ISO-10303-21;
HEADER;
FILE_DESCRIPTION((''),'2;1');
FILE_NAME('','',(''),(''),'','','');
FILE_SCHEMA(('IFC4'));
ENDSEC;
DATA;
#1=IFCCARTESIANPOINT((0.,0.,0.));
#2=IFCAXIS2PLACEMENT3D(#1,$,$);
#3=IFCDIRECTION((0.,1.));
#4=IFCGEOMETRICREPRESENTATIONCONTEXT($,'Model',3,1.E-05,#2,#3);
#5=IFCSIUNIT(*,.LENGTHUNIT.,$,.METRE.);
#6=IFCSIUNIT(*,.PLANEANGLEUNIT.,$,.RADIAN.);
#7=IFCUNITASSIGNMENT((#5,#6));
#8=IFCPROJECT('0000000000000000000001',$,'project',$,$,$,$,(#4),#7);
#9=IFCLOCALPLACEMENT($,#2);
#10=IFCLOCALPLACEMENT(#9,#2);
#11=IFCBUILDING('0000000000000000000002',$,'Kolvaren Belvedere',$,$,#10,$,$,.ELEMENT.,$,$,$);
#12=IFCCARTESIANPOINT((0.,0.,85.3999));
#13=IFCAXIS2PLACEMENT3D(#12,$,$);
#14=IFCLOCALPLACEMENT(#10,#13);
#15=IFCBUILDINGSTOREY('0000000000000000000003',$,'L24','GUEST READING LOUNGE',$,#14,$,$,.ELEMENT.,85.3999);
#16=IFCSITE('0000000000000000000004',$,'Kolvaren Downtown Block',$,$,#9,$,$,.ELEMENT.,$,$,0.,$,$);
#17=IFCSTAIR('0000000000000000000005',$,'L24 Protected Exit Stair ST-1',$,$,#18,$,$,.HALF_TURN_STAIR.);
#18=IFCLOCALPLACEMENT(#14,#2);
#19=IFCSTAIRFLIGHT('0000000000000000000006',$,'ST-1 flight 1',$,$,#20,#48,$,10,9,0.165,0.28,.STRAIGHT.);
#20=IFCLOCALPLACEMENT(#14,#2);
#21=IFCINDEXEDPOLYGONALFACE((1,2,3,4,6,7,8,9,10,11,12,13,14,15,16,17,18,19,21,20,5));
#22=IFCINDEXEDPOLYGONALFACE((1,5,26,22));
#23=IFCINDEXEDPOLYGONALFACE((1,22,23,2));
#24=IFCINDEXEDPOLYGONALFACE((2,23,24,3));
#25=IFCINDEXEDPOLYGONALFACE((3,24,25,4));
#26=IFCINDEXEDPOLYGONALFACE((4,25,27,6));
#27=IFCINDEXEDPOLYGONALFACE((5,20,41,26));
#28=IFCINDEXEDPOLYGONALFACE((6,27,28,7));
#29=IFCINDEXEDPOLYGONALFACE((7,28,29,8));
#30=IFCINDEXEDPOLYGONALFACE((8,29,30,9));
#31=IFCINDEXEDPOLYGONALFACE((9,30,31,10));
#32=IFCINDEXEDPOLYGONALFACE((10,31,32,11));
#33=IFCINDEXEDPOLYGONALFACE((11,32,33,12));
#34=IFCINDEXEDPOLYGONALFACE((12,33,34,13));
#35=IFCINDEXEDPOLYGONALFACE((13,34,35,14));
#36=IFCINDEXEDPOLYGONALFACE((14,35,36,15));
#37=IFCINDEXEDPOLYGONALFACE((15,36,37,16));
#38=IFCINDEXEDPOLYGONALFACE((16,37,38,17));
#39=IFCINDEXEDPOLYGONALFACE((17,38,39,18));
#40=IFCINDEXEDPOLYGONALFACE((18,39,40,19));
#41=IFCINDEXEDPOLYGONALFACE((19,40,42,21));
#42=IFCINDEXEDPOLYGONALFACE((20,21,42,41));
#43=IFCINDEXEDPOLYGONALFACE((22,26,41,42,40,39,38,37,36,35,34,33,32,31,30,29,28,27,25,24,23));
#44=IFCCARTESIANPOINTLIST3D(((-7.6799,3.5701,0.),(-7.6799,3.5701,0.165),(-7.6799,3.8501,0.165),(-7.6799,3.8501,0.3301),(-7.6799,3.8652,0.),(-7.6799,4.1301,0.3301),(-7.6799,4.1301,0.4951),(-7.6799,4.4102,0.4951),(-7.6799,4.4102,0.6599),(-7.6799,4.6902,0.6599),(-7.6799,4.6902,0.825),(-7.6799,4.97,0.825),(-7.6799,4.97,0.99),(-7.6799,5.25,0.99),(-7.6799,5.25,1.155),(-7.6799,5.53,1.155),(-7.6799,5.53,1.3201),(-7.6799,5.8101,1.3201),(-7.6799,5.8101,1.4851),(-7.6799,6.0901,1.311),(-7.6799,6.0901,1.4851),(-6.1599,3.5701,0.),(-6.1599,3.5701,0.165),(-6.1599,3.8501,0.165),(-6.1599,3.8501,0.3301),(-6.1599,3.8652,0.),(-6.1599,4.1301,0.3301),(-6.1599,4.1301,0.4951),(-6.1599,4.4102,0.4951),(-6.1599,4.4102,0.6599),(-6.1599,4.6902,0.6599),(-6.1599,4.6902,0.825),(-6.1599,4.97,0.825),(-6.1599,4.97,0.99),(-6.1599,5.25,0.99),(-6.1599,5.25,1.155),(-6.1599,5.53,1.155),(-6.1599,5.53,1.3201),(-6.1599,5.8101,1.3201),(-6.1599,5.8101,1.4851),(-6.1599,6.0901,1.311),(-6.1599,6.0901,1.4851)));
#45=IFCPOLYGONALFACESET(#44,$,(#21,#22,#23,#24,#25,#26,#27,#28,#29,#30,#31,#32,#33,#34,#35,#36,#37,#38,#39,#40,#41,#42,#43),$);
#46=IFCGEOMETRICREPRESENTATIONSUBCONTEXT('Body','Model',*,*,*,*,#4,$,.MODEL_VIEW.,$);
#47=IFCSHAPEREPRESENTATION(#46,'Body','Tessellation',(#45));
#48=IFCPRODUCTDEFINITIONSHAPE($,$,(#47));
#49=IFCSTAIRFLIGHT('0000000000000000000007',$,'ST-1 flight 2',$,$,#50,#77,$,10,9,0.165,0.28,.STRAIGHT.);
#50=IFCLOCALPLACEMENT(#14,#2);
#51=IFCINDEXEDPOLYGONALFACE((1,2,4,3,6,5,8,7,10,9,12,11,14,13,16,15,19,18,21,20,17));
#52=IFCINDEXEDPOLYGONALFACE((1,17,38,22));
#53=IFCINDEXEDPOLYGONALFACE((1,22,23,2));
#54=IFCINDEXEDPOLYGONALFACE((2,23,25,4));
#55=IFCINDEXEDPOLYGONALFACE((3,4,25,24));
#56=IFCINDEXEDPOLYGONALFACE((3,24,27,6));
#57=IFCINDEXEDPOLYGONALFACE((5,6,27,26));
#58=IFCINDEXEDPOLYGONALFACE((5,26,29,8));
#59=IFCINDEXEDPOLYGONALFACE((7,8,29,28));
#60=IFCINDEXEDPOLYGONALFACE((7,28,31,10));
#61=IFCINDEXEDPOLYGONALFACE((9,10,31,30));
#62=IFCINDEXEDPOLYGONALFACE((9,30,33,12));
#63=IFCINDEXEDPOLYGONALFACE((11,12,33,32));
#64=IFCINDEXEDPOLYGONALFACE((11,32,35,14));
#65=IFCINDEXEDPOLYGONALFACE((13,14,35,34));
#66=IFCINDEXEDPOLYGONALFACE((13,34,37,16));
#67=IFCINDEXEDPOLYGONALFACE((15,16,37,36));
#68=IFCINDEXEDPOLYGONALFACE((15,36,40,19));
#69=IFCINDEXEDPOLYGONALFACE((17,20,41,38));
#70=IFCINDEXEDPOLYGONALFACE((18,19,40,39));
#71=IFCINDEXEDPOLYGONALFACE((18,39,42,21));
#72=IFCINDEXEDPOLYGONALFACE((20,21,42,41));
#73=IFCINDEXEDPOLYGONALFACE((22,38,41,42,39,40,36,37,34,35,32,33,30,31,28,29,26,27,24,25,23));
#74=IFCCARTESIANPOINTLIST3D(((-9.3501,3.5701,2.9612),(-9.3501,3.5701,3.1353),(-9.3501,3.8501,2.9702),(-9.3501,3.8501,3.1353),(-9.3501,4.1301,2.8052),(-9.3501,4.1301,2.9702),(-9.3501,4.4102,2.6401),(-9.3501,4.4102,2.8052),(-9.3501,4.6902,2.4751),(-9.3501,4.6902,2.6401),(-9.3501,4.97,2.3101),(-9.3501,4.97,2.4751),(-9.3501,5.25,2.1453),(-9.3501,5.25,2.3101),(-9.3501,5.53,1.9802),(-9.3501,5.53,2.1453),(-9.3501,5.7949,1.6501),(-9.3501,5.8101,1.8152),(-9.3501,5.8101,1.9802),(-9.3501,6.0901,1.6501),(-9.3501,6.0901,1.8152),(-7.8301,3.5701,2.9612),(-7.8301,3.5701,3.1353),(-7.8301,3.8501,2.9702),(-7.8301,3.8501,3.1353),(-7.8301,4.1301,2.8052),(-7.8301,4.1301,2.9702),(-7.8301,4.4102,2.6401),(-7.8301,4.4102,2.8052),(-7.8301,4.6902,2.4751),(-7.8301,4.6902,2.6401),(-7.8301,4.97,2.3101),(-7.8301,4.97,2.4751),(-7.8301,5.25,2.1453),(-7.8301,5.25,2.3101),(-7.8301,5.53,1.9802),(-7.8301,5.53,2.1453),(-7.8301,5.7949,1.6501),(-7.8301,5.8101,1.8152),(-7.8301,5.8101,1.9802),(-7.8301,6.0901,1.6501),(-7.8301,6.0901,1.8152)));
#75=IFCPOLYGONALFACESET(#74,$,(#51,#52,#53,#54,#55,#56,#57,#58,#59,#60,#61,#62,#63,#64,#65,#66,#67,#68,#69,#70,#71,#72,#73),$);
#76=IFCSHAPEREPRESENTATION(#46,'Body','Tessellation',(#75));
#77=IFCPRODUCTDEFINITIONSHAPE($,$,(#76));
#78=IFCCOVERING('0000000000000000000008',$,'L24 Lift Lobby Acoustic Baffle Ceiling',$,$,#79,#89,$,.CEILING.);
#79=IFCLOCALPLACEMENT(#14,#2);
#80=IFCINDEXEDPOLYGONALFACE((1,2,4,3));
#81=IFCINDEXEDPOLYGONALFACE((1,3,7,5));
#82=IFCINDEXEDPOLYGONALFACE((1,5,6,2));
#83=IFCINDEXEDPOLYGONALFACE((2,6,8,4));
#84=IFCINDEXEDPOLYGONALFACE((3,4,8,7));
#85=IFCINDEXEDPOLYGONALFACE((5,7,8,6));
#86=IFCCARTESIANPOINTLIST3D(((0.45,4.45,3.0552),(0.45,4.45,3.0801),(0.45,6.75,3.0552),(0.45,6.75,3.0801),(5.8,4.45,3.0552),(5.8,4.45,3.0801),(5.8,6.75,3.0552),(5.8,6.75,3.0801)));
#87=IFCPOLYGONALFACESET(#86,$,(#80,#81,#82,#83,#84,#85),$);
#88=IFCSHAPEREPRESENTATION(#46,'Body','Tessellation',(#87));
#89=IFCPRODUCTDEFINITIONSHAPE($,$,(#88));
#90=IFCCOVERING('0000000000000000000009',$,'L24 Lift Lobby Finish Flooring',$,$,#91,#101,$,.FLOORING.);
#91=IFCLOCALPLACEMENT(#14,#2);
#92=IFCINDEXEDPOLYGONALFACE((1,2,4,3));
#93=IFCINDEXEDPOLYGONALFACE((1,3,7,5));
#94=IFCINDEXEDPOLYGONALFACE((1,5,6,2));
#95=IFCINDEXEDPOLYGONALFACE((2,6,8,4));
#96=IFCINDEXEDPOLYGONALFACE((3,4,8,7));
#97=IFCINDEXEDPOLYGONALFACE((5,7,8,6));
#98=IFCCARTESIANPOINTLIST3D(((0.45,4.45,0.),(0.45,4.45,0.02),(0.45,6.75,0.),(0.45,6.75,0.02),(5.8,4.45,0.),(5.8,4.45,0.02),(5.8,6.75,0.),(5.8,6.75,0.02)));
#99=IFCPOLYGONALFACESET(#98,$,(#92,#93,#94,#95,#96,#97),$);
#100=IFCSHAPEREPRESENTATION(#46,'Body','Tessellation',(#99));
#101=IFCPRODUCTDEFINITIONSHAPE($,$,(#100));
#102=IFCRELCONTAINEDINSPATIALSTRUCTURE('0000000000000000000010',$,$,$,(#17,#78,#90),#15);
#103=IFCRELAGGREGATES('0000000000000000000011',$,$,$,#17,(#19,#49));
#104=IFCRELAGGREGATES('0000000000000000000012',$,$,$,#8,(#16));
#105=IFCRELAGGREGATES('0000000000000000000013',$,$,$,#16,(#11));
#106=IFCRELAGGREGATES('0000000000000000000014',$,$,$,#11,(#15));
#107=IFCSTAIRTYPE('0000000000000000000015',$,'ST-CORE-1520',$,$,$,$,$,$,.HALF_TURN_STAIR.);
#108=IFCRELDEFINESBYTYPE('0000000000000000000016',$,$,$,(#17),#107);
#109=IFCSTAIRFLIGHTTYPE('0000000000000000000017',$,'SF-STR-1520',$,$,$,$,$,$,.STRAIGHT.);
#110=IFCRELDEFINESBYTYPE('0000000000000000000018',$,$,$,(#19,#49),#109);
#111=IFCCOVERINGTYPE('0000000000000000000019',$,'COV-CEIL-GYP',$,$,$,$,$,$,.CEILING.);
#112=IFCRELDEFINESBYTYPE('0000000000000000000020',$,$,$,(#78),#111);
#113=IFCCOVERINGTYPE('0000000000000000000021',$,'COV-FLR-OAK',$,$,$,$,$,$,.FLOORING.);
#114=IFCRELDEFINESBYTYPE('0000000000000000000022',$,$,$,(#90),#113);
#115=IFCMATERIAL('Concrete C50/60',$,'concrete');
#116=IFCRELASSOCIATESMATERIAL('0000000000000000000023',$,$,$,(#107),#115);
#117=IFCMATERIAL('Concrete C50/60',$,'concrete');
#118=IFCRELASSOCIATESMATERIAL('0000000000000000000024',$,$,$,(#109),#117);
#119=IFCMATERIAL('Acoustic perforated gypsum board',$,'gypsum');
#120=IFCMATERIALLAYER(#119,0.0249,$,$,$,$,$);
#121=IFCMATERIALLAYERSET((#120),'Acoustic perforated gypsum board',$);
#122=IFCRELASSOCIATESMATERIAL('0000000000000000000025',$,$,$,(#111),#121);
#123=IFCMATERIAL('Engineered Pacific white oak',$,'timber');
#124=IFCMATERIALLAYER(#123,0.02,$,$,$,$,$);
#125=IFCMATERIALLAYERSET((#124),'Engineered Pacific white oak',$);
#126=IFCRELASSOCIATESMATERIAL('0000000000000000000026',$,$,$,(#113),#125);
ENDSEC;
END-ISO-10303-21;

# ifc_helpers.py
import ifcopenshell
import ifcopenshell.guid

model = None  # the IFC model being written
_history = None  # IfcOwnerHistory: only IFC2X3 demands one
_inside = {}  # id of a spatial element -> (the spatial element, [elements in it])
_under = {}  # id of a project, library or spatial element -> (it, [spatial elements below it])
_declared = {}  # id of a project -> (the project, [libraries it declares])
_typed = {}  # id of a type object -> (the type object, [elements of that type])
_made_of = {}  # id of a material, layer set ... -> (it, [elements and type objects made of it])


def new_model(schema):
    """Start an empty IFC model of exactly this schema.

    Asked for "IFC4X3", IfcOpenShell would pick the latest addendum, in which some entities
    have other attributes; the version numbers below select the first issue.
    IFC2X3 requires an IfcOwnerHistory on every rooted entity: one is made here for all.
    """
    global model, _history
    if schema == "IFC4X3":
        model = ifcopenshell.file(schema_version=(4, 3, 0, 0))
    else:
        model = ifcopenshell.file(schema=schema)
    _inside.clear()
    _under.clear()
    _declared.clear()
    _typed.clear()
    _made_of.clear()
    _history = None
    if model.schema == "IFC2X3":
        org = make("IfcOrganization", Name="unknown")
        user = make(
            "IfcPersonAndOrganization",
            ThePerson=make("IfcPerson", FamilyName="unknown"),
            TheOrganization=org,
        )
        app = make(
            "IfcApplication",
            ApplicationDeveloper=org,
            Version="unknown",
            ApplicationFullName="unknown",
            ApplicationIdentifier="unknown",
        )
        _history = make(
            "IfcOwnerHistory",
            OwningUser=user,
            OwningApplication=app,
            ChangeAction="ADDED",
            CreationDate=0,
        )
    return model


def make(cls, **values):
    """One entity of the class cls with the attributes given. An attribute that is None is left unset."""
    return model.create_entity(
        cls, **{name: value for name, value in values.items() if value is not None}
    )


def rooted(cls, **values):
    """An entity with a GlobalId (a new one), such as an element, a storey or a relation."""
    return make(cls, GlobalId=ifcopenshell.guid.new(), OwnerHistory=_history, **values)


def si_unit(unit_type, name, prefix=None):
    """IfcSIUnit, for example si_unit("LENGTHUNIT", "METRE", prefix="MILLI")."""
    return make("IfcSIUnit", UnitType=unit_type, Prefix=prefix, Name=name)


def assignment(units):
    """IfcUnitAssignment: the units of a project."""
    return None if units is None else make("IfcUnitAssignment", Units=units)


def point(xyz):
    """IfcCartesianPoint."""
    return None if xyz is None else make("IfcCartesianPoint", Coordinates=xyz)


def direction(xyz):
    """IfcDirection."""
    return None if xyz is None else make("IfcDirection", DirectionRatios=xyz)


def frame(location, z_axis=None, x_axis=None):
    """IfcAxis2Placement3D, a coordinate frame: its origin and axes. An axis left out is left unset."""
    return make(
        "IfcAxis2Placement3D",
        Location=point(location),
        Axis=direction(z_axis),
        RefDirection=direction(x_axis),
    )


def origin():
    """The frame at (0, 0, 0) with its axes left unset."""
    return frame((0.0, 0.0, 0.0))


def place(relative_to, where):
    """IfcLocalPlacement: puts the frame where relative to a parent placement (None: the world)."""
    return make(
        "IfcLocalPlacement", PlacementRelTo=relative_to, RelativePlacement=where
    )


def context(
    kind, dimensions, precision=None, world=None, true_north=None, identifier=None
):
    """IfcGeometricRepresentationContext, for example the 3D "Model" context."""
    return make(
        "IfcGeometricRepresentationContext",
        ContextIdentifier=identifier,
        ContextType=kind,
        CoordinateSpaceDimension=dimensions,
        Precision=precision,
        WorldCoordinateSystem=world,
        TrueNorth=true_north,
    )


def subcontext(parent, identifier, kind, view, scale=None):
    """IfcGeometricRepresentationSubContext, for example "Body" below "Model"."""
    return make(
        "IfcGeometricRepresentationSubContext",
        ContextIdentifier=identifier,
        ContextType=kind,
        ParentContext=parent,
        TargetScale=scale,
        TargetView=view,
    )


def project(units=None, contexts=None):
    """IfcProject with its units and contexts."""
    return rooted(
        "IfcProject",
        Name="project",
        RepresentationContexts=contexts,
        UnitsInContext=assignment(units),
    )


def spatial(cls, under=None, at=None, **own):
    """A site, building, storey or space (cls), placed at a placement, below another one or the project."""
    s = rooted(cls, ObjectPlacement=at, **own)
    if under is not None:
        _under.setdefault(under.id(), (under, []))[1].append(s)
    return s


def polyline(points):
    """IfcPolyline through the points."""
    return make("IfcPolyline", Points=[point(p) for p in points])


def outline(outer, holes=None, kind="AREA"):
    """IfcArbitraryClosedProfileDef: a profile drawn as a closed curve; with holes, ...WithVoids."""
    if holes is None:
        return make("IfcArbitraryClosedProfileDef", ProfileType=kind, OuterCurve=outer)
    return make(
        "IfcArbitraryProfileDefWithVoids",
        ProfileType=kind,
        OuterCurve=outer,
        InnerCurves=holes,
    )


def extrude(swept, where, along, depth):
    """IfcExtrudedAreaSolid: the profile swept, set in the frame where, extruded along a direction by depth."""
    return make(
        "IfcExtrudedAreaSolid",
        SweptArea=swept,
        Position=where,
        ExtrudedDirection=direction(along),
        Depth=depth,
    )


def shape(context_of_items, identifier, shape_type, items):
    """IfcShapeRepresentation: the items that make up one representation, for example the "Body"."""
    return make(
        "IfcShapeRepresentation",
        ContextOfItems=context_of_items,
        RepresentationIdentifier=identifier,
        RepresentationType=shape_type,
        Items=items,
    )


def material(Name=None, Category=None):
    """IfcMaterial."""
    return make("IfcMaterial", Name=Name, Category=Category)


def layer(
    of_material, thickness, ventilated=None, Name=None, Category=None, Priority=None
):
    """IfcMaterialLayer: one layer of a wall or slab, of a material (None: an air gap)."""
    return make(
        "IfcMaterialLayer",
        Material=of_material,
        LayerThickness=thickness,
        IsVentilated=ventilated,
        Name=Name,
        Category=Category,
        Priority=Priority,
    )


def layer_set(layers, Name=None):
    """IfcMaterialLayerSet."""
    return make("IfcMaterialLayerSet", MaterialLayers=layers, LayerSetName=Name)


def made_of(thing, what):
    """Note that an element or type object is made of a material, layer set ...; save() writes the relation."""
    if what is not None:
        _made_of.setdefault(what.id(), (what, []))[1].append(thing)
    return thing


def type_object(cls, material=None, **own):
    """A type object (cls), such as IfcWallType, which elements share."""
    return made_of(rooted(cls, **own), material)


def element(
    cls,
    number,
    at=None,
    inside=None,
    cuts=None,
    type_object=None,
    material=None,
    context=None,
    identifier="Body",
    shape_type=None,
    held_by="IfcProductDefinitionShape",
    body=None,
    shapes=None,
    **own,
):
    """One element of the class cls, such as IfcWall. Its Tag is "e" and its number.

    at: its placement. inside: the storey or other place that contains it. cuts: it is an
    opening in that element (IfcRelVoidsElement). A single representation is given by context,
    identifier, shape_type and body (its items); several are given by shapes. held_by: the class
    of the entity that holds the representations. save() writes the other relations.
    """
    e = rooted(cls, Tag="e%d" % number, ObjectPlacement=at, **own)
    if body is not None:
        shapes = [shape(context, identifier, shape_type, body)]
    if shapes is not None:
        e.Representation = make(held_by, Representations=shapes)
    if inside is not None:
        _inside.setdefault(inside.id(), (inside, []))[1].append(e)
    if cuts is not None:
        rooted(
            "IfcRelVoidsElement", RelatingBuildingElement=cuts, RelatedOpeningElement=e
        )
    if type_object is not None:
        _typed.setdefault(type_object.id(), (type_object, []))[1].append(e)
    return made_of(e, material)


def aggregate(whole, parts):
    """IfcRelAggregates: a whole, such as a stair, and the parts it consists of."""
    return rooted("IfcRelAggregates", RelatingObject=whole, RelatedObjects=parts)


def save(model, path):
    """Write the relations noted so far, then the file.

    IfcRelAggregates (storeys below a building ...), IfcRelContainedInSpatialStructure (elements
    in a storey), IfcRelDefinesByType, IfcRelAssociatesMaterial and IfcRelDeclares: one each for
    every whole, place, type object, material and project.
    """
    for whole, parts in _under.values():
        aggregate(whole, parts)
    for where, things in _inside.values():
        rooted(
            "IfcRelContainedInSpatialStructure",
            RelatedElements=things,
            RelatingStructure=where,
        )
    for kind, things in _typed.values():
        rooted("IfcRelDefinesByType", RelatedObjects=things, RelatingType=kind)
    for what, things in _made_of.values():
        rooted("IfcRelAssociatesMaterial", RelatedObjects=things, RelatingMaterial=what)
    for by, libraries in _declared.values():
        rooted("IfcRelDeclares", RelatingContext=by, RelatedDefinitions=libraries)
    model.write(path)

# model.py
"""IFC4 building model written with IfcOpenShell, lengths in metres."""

from ifc_helpers import new_model, si_unit, direction, frame, origin, place, context, subcontext, project, spatial, polyline, outline, extrude, material, layer, layer_set, type_object, element, aggregate, save


model = new_model("IFC4")

# Units and contexts
model_context = context("Model", 3, precision=1e-05, world=origin(), true_north=direction((0.0, 1.0)))
body_context = subcontext(model_context, "Body", "Model", "MODEL_VIEW")
ifc_project = project(units=[si_unit("LENGTHUNIT", "METRE"), si_unit("PLANEANGLEUNIT", "RADIAN")], contexts=[model_context])

# Site, building, storey
site_placement = place(None, origin())
site = spatial("IfcSite", under=ifc_project, at=site_placement, Name="Kolvaren Downtown Block", CompositionType="ELEMENT", RefElevation=0.0)
building_placement = place(site_placement, origin())
building = spatial("IfcBuilding", under=site, at=building_placement, Name="Kolvaren Belvedere", CompositionType="ELEMENT")
storey_placement = place(building_placement, frame((0.0, 0.0, 85.3999)))
storey = spatial("IfcBuildingStorey", under=building, at=storey_placement, Name="L24", Description="GUEST READING LOUNGE", CompositionType="ELEMENT", Elevation=85.3999)

# Shared definitions
ifc_material_1 = material(Name="Concrete C50/60", Category="concrete")
stair_type = type_object("IfcStairType", Name="ST-CORE-1520", PredefinedType="HALF_TURN_STAIR", material=ifc_material_1)

# Stair, stair flights
stair_1_placement = place(storey_placement, origin())
stair_1 = element("IfcStair", 1, at=stair_1_placement, inside=storey, type_object=stair_type, Name="L24 Protected Exit Stair ST-1", PredefinedType="HALF_TURN_STAIR")
ifc_material_2 = material(Name="Concrete C50/60", Category="concrete")
stair_flight_type = type_object("IfcStairFlightType", Name="SF-STR-1520", PredefinedType="STRAIGHT", material=ifc_material_2)
stair_flight_1_placement = place(storey_placement, frame((-6.9199, 3.5701, 0.0), z_axis=(0.0, 0.0, 1.0), x_axis=(0.0, 1.0, 0.0)))
stair_flight_1 = element("IfcStairFlight", 2, at=stair_flight_1_placement, type_object=stair_flight_type, Name="ST-1 flight 1", NumberOfRisers=10, NumberOfTreads=9, PredefinedType="STRAIGHT", RiserHeight=0.165, TreadLength=0.28, context=body_context, shape_type="SweptSolid", body=[
    extrude(outline(polyline([(0.0, 0.0), (0.0, 0.165), (0.28, 0.165), (0.28, 0.3301), (0.5601, 0.3301), (0.5601, 0.4951), (0.8401, 0.4951), (0.8401, 0.6599), (1.1201, 0.6599), (1.1201, 0.825), (1.3999, 0.825), (1.3999, 0.99), (1.6799, 0.99), (1.6799, 1.155), (1.96, 1.155), (1.96, 1.3201), (2.24, 1.3201), (2.24, 1.4851), (2.52, 1.4851), (2.52, 1.6499), (2.52, 1.311), (0.2952, 0.0), (0.0, 0.0)])), frame((0.0, 0.76, 0.0), z_axis=(0.0, -1.0, 0.0), x_axis=(1.0, 0.0, 0.0)), (0.0, 0.0, 1.0), 1.52),
])
stair_flight_2_placement = place(storey_placement, frame((-8.5901, 6.0901, 1.6501), z_axis=(0.0, 0.0, 1.0), x_axis=(0.0, -1.0, 0.0)))
stair_flight_2 = element("IfcStairFlight", 3, at=stair_flight_2_placement, type_object=stair_flight_type, Name="ST-1 flight 2", NumberOfRisers=10, NumberOfTreads=9, PredefinedType="STRAIGHT", RiserHeight=0.165, TreadLength=0.28, context=body_context, shape_type="SweptSolid", body=[
    extrude(outline(polyline([(0.0, 0.0), (0.0, 0.165), (0.28, 0.165), (0.28, 0.3301), (0.5601, 0.3301), (0.5601, 0.4951), (0.8401, 0.4951), (0.8401, 0.6599), (1.1201, 0.6599), (1.1201, 0.825), (1.3999, 0.825), (1.3999, 0.99), (1.6799, 0.99), (1.6799, 1.155), (1.96, 1.155), (1.96, 1.3201), (2.24, 1.3201), (2.24, 1.4851), (2.52, 1.4851), (2.52, 1.6499), (2.52, 1.311), (0.2952, 0.0), (0.0, 0.0)])), frame((0.0, 0.76, 0.0), z_axis=(0.0, -1.0, 0.0), x_axis=(1.0, 0.0, 0.0)), (0.0, 0.0, 1.0), 1.52),
])
aggregate(stair_1, [stair_flight_1, stair_flight_2])

# Coverings
ifc_material_3 = material(Name="Acoustic perforated gypsum board", Category="gypsum")
ifc_layer_1 = layer(ifc_material_3, 0.0249)
ifc_layer_set_1 = layer_set([ifc_layer_1], Name="Acoustic perforated gypsum board")
covering_type_1 = type_object("IfcCoveringType", Name="COV-CEIL-GYP", PredefinedType="CEILING", material=ifc_layer_set_1)
covering_1_placement = place(storey_placement, frame((0.0, 0.0, 3.0552)))
element("IfcCovering", 4, at=covering_1_placement, inside=storey, type_object=covering_type_1, Name="L24 Lift Lobby Acoustic Baffle Ceiling", PredefinedType="CEILING", context=body_context, shape_type="SweptSolid", body=[
    extrude(outline(polyline([(0.45, 4.45), (5.8, 4.45), (5.8, 6.75), (0.45, 6.75), (0.45, 4.45)])), origin(), (0.0, 0.0, 1.0), 0.0249),
])
ifc_material_4 = material(Name="Engineered Pacific white oak", Category="timber")
ifc_layer_2 = layer(ifc_material_4, 0.02)
ifc_layer_set_2 = layer_set([ifc_layer_2], Name="Engineered Pacific white oak")
covering_type_2 = type_object("IfcCoveringType", Name="COV-FLR-OAK", PredefinedType="FLOORING", material=ifc_layer_set_2)
covering_2_placement = place(storey_placement, origin())
element("IfcCovering", 5, at=covering_2_placement, inside=storey, type_object=covering_type_2, Name="L24 Lift Lobby Finish Flooring", PredefinedType="FLOORING", context=body_context, shape_type="SweptSolid", body=[
    extrude(outline(polyline([(0.45, 4.45), (5.8, 4.45), (5.8, 6.75), (0.45, 6.75), (0.45, 4.45)])), origin(), (0.0, 0.0, 1.0), 0.02),
])

save(model, "model.ifc")
